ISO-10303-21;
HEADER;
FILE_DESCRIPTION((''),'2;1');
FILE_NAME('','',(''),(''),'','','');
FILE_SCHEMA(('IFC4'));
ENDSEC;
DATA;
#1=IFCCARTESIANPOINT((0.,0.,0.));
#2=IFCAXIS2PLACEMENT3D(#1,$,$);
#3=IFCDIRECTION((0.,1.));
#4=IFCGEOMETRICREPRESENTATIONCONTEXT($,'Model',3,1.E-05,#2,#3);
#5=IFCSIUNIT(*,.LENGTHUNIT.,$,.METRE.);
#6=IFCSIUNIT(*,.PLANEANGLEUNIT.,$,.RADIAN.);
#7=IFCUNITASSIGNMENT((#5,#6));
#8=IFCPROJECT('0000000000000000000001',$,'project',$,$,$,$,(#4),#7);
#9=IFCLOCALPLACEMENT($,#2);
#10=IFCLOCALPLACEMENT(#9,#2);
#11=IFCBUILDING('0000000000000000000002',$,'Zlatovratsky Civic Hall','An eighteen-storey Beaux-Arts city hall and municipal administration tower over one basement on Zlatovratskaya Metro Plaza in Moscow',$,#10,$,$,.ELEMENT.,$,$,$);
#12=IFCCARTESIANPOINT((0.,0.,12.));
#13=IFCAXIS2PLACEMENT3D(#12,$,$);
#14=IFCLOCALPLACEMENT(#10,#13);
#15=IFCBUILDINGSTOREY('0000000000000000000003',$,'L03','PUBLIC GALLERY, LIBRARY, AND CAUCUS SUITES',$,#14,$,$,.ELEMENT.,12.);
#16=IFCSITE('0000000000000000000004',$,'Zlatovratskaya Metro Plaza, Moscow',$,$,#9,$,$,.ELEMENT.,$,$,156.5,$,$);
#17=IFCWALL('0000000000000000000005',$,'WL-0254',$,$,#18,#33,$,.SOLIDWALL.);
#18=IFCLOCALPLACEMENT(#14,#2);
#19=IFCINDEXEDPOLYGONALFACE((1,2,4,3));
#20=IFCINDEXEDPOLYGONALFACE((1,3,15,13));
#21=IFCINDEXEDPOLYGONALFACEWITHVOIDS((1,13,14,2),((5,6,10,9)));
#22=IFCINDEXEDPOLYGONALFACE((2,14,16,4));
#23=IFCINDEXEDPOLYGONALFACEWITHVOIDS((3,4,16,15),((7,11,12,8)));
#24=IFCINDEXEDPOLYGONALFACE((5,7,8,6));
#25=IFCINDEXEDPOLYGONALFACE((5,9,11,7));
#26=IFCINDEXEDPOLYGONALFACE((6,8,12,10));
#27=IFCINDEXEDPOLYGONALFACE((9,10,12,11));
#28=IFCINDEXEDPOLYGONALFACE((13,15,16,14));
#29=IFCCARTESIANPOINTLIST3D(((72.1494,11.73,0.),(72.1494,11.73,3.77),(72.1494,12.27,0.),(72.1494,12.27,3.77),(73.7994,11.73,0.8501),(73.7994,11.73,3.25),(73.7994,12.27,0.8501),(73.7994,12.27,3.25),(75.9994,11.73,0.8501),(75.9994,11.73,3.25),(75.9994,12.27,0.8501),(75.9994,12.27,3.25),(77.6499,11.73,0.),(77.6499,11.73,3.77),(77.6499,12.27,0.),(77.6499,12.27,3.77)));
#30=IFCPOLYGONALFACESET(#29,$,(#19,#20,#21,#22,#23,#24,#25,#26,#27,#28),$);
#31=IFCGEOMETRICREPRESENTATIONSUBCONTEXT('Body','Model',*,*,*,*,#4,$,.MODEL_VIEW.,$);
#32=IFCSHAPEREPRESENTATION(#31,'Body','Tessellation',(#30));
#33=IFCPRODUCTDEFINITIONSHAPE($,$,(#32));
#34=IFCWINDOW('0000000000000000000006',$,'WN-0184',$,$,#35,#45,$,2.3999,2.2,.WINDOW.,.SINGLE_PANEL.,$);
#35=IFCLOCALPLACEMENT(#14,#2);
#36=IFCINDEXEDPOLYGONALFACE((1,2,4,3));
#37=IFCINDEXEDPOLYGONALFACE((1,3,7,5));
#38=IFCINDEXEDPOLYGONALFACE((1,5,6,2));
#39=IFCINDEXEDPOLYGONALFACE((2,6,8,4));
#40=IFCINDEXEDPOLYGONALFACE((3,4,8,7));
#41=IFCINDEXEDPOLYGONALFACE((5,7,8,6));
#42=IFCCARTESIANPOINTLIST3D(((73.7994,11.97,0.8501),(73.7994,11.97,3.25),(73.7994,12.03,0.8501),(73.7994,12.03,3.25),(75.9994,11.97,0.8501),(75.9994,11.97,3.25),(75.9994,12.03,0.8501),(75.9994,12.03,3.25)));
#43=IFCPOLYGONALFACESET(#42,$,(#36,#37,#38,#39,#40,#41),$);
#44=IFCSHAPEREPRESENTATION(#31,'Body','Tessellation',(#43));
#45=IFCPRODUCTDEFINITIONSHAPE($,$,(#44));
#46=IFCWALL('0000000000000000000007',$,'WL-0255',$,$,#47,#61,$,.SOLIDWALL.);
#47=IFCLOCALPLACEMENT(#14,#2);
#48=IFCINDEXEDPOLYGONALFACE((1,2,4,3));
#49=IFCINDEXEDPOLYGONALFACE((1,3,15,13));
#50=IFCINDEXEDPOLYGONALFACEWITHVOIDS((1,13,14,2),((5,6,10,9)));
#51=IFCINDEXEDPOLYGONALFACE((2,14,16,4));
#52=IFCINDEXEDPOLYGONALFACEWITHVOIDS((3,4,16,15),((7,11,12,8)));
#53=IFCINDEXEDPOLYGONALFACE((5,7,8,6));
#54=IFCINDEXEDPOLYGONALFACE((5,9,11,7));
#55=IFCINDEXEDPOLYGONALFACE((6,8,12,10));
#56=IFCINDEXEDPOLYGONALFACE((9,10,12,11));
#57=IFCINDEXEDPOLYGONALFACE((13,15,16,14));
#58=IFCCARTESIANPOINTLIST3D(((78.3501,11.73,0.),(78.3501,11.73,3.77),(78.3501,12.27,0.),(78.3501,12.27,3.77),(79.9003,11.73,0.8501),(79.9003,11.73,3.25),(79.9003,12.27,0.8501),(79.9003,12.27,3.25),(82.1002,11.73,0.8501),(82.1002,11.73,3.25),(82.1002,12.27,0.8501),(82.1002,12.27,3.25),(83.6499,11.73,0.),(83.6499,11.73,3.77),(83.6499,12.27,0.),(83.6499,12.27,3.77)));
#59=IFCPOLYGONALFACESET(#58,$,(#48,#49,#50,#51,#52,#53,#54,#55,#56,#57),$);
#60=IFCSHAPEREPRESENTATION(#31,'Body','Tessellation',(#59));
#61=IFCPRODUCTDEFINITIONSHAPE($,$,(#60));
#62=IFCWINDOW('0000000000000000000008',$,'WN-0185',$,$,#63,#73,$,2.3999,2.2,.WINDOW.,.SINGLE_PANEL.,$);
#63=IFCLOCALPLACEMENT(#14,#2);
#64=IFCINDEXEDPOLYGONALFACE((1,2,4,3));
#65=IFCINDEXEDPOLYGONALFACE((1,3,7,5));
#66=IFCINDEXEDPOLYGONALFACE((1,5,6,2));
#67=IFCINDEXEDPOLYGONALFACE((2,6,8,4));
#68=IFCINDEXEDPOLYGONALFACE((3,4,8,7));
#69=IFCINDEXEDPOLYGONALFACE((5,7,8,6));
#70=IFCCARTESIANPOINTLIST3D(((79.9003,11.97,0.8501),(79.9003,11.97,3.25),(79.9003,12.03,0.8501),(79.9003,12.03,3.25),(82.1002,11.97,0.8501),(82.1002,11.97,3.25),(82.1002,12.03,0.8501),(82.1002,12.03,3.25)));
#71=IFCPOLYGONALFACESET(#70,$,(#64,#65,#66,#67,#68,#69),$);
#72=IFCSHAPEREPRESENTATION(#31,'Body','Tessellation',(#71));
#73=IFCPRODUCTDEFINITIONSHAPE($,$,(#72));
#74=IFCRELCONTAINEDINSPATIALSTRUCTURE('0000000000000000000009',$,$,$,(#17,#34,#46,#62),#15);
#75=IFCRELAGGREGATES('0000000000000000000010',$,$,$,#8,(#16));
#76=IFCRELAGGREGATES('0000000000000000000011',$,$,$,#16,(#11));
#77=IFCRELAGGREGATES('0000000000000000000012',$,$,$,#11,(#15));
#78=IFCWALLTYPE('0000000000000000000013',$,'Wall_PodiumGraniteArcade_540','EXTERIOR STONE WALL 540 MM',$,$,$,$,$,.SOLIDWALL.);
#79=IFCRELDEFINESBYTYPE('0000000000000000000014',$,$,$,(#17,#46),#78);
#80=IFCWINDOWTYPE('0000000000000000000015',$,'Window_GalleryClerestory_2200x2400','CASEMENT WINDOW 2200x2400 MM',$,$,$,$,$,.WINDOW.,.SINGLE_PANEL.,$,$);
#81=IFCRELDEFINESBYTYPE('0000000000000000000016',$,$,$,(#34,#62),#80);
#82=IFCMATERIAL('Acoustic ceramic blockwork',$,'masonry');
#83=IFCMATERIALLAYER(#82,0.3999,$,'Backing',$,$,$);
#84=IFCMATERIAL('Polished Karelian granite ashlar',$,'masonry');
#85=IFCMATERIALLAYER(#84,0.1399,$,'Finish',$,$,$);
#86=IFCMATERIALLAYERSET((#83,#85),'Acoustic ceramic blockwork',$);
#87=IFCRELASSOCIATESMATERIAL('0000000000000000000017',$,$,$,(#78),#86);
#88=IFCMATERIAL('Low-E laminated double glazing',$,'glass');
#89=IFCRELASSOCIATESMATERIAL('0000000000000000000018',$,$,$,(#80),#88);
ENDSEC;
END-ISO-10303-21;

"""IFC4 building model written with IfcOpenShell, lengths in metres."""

from ifc_helpers import new_model, si_unit, direction, frame, frame_2d, origin, place, context, subcontext, project, spatial, rectangle, extrude, material, layer, layer_set, type_object, element, fill, save


model = new_model("IFC4")

# Units and contexts
model_context = context("Model", 3, precision=1e-05, world=origin(), true_north=direction((0.0, 1.0)))
body_context = subcontext(model_context, "Body", "Model", "MODEL_VIEW")
ifc_project = project(units=[si_unit("LENGTHUNIT", "METRE"), si_unit("PLANEANGLEUNIT", "RADIAN")], contexts=[model_context])

# Site, building, storey
site_placement = place(None, origin())
site = spatial("IfcSite", under=ifc_project, at=site_placement, Name="Zlatovratskaya Metro Plaza, Moscow", CompositionType="ELEMENT", RefElevation=156.5)
building_placement = place(site_placement, origin())
building = spatial("IfcBuilding", under=site, at=building_placement, Name="Zlatovratsky Civic Hall", Description="An eighteen-storey Beaux-Arts city hall and municipal administration tower over one basement on Zlatovratskaya Metro Plaza in Moscow", CompositionType="ELEMENT")
storey_placement = place(building_placement, frame((0.0, 0.0, 12.0)))
storey = spatial("IfcBuildingStorey", under=building, at=storey_placement, Name="L03", Description="PUBLIC GALLERY, LIBRARY, AND CAUCUS SUITES", CompositionType="ELEMENT", Elevation=12.0)

# Walls, openings, windows
ifc_material_1 = material(Name="Acoustic ceramic blockwork", Category="masonry")
ifc_layer_1 = layer(ifc_material_1, 0.3999, Name="Backing")
ifc_material_2 = material(Name="Polished Karelian granite ashlar", Category="masonry")
ifc_layer_2 = layer(ifc_material_2, 0.1399, Name="Finish")
ifc_layer_set_1 = layer_set([ifc_layer_1, ifc_layer_2], Name="Acoustic ceramic blockwork")
wall_type = type_object("IfcWallType", Name="Wall_PodiumGraniteArcade_540", Description="EXTERIOR STONE WALL 540 MM", PredefinedType="SOLIDWALL", material=ifc_layer_set_1)
wall_1_placement = place(storey_placement, frame((72.1494, 12.0, 0.0), z_axis=(0.0, 0.0, 1.0), x_axis=(1.0, 0.0, 0.0)))
wall_1 = element("IfcWall", 1, at=wall_1_placement, inside=storey, type_object=wall_type, Name="WL-0254", PredefinedType="SOLIDWALL", context=body_context, shape_type="SweptSolid", body=[
    extrude(rectangle(XDim=5.5005, YDim=0.54, at=frame_2d((2.7502, 0.0))), origin(), (0.0, 0.0, 1.0), 3.77),
])
opening_1_placement = place(wall_1_placement, frame((1.6499, 0.0, 0.8501)))
opening_1 = element("IfcOpeningElement", 2, at=opening_1_placement, cuts=wall_1, PredefinedType="OPENING", context=body_context, shape_type="SweptSolid", body=[
    extrude(rectangle(XDim=2.2, YDim=2.3999, at=frame_2d((1.1001, 1.2))), frame((0.0, 0.2849, 0.0), z_axis=(0.0, -1.0, 0.0), x_axis=(1.0, 0.0, 0.0)), (0.0, 0.0, 1.0), 0.5698),
])
ifc_material_3 = material(Name="Low-E laminated double glazing", Category="glass")
window_type = type_object("IfcWindowType", Name="Window_GalleryClerestory_2200x2400", Description="CASEMENT WINDOW 2200x2400 MM", PartitioningType="SINGLE_PANEL", PredefinedType="WINDOW", material=ifc_material_3)
window_1_placement = place(opening_1_placement, origin())
window_1 = element("IfcWindow", 3, at=window_1_placement, inside=storey, type_object=window_type, Name="WN-0184", OverallHeight=2.3999, OverallWidth=2.2, PartitioningType="SINGLE_PANEL", PredefinedType="WINDOW", context=body_context, shape_type="SweptSolid", body=[
    extrude(rectangle(XDim=2.2, YDim=2.3999, at=frame_2d((1.1001, 1.2))), frame((0.0, 0.03, 0.0), z_axis=(0.0, -1.0, 0.0), x_axis=(1.0, 0.0, 0.0)), (0.0, 0.0, 1.0), 0.0601),
])
fill(opening_1, window_1)
wall_2_placement = place(storey_placement, frame((78.3501, 12.0, 0.0), z_axis=(0.0, 0.0, 1.0), x_axis=(1.0, 0.0, 0.0)))
wall_2 = element("IfcWall", 4, at=wall_2_placement, inside=storey, type_object=wall_type, Name="WL-0255", PredefinedType="SOLIDWALL", context=body_context, shape_type="SweptSolid", body=[
    extrude(rectangle(XDim=5.2998, YDim=0.54, at=frame_2d((2.6499, 0.0))), origin(), (0.0, 0.0, 1.0), 3.77),
])
opening_2_placement = place(wall_2_placement, frame((1.55, 0.0, 0.8501)))
opening_2 = element("IfcOpeningElement", 5, at=opening_2_placement, cuts=wall_2, PredefinedType="OPENING", context=body_context, shape_type="SweptSolid", body=[
    extrude(rectangle(XDim=2.2, YDim=2.3999, at=frame_2d((1.1001, 1.2))), frame((0.0, 0.2849, 0.0), z_axis=(0.0, -1.0, 0.0), x_axis=(1.0, 0.0, 0.0)), (0.0, 0.0, 1.0), 0.5698),
])
window_2_placement = place(opening_2_placement, origin())
window_2 = element("IfcWindow", 6, at=window_2_placement, inside=storey, type_object=window_type, Name="WN-0185", OverallHeight=2.3999, OverallWidth=2.2, PartitioningType="SINGLE_PANEL", PredefinedType="WINDOW", context=body_context, shape_type="SweptSolid", body=[
    extrude(rectangle(XDim=2.2, YDim=2.3999, at=frame_2d((1.1001, 1.2))), frame((0.0, 0.03, 0.0), z_axis=(0.0, -1.0, 0.0), x_axis=(1.0, 0.0, 0.0)), (0.0, 0.0, 1.0), 0.0601),
])
fill(opening_2, window_2)

save(model, "model.ifc")
